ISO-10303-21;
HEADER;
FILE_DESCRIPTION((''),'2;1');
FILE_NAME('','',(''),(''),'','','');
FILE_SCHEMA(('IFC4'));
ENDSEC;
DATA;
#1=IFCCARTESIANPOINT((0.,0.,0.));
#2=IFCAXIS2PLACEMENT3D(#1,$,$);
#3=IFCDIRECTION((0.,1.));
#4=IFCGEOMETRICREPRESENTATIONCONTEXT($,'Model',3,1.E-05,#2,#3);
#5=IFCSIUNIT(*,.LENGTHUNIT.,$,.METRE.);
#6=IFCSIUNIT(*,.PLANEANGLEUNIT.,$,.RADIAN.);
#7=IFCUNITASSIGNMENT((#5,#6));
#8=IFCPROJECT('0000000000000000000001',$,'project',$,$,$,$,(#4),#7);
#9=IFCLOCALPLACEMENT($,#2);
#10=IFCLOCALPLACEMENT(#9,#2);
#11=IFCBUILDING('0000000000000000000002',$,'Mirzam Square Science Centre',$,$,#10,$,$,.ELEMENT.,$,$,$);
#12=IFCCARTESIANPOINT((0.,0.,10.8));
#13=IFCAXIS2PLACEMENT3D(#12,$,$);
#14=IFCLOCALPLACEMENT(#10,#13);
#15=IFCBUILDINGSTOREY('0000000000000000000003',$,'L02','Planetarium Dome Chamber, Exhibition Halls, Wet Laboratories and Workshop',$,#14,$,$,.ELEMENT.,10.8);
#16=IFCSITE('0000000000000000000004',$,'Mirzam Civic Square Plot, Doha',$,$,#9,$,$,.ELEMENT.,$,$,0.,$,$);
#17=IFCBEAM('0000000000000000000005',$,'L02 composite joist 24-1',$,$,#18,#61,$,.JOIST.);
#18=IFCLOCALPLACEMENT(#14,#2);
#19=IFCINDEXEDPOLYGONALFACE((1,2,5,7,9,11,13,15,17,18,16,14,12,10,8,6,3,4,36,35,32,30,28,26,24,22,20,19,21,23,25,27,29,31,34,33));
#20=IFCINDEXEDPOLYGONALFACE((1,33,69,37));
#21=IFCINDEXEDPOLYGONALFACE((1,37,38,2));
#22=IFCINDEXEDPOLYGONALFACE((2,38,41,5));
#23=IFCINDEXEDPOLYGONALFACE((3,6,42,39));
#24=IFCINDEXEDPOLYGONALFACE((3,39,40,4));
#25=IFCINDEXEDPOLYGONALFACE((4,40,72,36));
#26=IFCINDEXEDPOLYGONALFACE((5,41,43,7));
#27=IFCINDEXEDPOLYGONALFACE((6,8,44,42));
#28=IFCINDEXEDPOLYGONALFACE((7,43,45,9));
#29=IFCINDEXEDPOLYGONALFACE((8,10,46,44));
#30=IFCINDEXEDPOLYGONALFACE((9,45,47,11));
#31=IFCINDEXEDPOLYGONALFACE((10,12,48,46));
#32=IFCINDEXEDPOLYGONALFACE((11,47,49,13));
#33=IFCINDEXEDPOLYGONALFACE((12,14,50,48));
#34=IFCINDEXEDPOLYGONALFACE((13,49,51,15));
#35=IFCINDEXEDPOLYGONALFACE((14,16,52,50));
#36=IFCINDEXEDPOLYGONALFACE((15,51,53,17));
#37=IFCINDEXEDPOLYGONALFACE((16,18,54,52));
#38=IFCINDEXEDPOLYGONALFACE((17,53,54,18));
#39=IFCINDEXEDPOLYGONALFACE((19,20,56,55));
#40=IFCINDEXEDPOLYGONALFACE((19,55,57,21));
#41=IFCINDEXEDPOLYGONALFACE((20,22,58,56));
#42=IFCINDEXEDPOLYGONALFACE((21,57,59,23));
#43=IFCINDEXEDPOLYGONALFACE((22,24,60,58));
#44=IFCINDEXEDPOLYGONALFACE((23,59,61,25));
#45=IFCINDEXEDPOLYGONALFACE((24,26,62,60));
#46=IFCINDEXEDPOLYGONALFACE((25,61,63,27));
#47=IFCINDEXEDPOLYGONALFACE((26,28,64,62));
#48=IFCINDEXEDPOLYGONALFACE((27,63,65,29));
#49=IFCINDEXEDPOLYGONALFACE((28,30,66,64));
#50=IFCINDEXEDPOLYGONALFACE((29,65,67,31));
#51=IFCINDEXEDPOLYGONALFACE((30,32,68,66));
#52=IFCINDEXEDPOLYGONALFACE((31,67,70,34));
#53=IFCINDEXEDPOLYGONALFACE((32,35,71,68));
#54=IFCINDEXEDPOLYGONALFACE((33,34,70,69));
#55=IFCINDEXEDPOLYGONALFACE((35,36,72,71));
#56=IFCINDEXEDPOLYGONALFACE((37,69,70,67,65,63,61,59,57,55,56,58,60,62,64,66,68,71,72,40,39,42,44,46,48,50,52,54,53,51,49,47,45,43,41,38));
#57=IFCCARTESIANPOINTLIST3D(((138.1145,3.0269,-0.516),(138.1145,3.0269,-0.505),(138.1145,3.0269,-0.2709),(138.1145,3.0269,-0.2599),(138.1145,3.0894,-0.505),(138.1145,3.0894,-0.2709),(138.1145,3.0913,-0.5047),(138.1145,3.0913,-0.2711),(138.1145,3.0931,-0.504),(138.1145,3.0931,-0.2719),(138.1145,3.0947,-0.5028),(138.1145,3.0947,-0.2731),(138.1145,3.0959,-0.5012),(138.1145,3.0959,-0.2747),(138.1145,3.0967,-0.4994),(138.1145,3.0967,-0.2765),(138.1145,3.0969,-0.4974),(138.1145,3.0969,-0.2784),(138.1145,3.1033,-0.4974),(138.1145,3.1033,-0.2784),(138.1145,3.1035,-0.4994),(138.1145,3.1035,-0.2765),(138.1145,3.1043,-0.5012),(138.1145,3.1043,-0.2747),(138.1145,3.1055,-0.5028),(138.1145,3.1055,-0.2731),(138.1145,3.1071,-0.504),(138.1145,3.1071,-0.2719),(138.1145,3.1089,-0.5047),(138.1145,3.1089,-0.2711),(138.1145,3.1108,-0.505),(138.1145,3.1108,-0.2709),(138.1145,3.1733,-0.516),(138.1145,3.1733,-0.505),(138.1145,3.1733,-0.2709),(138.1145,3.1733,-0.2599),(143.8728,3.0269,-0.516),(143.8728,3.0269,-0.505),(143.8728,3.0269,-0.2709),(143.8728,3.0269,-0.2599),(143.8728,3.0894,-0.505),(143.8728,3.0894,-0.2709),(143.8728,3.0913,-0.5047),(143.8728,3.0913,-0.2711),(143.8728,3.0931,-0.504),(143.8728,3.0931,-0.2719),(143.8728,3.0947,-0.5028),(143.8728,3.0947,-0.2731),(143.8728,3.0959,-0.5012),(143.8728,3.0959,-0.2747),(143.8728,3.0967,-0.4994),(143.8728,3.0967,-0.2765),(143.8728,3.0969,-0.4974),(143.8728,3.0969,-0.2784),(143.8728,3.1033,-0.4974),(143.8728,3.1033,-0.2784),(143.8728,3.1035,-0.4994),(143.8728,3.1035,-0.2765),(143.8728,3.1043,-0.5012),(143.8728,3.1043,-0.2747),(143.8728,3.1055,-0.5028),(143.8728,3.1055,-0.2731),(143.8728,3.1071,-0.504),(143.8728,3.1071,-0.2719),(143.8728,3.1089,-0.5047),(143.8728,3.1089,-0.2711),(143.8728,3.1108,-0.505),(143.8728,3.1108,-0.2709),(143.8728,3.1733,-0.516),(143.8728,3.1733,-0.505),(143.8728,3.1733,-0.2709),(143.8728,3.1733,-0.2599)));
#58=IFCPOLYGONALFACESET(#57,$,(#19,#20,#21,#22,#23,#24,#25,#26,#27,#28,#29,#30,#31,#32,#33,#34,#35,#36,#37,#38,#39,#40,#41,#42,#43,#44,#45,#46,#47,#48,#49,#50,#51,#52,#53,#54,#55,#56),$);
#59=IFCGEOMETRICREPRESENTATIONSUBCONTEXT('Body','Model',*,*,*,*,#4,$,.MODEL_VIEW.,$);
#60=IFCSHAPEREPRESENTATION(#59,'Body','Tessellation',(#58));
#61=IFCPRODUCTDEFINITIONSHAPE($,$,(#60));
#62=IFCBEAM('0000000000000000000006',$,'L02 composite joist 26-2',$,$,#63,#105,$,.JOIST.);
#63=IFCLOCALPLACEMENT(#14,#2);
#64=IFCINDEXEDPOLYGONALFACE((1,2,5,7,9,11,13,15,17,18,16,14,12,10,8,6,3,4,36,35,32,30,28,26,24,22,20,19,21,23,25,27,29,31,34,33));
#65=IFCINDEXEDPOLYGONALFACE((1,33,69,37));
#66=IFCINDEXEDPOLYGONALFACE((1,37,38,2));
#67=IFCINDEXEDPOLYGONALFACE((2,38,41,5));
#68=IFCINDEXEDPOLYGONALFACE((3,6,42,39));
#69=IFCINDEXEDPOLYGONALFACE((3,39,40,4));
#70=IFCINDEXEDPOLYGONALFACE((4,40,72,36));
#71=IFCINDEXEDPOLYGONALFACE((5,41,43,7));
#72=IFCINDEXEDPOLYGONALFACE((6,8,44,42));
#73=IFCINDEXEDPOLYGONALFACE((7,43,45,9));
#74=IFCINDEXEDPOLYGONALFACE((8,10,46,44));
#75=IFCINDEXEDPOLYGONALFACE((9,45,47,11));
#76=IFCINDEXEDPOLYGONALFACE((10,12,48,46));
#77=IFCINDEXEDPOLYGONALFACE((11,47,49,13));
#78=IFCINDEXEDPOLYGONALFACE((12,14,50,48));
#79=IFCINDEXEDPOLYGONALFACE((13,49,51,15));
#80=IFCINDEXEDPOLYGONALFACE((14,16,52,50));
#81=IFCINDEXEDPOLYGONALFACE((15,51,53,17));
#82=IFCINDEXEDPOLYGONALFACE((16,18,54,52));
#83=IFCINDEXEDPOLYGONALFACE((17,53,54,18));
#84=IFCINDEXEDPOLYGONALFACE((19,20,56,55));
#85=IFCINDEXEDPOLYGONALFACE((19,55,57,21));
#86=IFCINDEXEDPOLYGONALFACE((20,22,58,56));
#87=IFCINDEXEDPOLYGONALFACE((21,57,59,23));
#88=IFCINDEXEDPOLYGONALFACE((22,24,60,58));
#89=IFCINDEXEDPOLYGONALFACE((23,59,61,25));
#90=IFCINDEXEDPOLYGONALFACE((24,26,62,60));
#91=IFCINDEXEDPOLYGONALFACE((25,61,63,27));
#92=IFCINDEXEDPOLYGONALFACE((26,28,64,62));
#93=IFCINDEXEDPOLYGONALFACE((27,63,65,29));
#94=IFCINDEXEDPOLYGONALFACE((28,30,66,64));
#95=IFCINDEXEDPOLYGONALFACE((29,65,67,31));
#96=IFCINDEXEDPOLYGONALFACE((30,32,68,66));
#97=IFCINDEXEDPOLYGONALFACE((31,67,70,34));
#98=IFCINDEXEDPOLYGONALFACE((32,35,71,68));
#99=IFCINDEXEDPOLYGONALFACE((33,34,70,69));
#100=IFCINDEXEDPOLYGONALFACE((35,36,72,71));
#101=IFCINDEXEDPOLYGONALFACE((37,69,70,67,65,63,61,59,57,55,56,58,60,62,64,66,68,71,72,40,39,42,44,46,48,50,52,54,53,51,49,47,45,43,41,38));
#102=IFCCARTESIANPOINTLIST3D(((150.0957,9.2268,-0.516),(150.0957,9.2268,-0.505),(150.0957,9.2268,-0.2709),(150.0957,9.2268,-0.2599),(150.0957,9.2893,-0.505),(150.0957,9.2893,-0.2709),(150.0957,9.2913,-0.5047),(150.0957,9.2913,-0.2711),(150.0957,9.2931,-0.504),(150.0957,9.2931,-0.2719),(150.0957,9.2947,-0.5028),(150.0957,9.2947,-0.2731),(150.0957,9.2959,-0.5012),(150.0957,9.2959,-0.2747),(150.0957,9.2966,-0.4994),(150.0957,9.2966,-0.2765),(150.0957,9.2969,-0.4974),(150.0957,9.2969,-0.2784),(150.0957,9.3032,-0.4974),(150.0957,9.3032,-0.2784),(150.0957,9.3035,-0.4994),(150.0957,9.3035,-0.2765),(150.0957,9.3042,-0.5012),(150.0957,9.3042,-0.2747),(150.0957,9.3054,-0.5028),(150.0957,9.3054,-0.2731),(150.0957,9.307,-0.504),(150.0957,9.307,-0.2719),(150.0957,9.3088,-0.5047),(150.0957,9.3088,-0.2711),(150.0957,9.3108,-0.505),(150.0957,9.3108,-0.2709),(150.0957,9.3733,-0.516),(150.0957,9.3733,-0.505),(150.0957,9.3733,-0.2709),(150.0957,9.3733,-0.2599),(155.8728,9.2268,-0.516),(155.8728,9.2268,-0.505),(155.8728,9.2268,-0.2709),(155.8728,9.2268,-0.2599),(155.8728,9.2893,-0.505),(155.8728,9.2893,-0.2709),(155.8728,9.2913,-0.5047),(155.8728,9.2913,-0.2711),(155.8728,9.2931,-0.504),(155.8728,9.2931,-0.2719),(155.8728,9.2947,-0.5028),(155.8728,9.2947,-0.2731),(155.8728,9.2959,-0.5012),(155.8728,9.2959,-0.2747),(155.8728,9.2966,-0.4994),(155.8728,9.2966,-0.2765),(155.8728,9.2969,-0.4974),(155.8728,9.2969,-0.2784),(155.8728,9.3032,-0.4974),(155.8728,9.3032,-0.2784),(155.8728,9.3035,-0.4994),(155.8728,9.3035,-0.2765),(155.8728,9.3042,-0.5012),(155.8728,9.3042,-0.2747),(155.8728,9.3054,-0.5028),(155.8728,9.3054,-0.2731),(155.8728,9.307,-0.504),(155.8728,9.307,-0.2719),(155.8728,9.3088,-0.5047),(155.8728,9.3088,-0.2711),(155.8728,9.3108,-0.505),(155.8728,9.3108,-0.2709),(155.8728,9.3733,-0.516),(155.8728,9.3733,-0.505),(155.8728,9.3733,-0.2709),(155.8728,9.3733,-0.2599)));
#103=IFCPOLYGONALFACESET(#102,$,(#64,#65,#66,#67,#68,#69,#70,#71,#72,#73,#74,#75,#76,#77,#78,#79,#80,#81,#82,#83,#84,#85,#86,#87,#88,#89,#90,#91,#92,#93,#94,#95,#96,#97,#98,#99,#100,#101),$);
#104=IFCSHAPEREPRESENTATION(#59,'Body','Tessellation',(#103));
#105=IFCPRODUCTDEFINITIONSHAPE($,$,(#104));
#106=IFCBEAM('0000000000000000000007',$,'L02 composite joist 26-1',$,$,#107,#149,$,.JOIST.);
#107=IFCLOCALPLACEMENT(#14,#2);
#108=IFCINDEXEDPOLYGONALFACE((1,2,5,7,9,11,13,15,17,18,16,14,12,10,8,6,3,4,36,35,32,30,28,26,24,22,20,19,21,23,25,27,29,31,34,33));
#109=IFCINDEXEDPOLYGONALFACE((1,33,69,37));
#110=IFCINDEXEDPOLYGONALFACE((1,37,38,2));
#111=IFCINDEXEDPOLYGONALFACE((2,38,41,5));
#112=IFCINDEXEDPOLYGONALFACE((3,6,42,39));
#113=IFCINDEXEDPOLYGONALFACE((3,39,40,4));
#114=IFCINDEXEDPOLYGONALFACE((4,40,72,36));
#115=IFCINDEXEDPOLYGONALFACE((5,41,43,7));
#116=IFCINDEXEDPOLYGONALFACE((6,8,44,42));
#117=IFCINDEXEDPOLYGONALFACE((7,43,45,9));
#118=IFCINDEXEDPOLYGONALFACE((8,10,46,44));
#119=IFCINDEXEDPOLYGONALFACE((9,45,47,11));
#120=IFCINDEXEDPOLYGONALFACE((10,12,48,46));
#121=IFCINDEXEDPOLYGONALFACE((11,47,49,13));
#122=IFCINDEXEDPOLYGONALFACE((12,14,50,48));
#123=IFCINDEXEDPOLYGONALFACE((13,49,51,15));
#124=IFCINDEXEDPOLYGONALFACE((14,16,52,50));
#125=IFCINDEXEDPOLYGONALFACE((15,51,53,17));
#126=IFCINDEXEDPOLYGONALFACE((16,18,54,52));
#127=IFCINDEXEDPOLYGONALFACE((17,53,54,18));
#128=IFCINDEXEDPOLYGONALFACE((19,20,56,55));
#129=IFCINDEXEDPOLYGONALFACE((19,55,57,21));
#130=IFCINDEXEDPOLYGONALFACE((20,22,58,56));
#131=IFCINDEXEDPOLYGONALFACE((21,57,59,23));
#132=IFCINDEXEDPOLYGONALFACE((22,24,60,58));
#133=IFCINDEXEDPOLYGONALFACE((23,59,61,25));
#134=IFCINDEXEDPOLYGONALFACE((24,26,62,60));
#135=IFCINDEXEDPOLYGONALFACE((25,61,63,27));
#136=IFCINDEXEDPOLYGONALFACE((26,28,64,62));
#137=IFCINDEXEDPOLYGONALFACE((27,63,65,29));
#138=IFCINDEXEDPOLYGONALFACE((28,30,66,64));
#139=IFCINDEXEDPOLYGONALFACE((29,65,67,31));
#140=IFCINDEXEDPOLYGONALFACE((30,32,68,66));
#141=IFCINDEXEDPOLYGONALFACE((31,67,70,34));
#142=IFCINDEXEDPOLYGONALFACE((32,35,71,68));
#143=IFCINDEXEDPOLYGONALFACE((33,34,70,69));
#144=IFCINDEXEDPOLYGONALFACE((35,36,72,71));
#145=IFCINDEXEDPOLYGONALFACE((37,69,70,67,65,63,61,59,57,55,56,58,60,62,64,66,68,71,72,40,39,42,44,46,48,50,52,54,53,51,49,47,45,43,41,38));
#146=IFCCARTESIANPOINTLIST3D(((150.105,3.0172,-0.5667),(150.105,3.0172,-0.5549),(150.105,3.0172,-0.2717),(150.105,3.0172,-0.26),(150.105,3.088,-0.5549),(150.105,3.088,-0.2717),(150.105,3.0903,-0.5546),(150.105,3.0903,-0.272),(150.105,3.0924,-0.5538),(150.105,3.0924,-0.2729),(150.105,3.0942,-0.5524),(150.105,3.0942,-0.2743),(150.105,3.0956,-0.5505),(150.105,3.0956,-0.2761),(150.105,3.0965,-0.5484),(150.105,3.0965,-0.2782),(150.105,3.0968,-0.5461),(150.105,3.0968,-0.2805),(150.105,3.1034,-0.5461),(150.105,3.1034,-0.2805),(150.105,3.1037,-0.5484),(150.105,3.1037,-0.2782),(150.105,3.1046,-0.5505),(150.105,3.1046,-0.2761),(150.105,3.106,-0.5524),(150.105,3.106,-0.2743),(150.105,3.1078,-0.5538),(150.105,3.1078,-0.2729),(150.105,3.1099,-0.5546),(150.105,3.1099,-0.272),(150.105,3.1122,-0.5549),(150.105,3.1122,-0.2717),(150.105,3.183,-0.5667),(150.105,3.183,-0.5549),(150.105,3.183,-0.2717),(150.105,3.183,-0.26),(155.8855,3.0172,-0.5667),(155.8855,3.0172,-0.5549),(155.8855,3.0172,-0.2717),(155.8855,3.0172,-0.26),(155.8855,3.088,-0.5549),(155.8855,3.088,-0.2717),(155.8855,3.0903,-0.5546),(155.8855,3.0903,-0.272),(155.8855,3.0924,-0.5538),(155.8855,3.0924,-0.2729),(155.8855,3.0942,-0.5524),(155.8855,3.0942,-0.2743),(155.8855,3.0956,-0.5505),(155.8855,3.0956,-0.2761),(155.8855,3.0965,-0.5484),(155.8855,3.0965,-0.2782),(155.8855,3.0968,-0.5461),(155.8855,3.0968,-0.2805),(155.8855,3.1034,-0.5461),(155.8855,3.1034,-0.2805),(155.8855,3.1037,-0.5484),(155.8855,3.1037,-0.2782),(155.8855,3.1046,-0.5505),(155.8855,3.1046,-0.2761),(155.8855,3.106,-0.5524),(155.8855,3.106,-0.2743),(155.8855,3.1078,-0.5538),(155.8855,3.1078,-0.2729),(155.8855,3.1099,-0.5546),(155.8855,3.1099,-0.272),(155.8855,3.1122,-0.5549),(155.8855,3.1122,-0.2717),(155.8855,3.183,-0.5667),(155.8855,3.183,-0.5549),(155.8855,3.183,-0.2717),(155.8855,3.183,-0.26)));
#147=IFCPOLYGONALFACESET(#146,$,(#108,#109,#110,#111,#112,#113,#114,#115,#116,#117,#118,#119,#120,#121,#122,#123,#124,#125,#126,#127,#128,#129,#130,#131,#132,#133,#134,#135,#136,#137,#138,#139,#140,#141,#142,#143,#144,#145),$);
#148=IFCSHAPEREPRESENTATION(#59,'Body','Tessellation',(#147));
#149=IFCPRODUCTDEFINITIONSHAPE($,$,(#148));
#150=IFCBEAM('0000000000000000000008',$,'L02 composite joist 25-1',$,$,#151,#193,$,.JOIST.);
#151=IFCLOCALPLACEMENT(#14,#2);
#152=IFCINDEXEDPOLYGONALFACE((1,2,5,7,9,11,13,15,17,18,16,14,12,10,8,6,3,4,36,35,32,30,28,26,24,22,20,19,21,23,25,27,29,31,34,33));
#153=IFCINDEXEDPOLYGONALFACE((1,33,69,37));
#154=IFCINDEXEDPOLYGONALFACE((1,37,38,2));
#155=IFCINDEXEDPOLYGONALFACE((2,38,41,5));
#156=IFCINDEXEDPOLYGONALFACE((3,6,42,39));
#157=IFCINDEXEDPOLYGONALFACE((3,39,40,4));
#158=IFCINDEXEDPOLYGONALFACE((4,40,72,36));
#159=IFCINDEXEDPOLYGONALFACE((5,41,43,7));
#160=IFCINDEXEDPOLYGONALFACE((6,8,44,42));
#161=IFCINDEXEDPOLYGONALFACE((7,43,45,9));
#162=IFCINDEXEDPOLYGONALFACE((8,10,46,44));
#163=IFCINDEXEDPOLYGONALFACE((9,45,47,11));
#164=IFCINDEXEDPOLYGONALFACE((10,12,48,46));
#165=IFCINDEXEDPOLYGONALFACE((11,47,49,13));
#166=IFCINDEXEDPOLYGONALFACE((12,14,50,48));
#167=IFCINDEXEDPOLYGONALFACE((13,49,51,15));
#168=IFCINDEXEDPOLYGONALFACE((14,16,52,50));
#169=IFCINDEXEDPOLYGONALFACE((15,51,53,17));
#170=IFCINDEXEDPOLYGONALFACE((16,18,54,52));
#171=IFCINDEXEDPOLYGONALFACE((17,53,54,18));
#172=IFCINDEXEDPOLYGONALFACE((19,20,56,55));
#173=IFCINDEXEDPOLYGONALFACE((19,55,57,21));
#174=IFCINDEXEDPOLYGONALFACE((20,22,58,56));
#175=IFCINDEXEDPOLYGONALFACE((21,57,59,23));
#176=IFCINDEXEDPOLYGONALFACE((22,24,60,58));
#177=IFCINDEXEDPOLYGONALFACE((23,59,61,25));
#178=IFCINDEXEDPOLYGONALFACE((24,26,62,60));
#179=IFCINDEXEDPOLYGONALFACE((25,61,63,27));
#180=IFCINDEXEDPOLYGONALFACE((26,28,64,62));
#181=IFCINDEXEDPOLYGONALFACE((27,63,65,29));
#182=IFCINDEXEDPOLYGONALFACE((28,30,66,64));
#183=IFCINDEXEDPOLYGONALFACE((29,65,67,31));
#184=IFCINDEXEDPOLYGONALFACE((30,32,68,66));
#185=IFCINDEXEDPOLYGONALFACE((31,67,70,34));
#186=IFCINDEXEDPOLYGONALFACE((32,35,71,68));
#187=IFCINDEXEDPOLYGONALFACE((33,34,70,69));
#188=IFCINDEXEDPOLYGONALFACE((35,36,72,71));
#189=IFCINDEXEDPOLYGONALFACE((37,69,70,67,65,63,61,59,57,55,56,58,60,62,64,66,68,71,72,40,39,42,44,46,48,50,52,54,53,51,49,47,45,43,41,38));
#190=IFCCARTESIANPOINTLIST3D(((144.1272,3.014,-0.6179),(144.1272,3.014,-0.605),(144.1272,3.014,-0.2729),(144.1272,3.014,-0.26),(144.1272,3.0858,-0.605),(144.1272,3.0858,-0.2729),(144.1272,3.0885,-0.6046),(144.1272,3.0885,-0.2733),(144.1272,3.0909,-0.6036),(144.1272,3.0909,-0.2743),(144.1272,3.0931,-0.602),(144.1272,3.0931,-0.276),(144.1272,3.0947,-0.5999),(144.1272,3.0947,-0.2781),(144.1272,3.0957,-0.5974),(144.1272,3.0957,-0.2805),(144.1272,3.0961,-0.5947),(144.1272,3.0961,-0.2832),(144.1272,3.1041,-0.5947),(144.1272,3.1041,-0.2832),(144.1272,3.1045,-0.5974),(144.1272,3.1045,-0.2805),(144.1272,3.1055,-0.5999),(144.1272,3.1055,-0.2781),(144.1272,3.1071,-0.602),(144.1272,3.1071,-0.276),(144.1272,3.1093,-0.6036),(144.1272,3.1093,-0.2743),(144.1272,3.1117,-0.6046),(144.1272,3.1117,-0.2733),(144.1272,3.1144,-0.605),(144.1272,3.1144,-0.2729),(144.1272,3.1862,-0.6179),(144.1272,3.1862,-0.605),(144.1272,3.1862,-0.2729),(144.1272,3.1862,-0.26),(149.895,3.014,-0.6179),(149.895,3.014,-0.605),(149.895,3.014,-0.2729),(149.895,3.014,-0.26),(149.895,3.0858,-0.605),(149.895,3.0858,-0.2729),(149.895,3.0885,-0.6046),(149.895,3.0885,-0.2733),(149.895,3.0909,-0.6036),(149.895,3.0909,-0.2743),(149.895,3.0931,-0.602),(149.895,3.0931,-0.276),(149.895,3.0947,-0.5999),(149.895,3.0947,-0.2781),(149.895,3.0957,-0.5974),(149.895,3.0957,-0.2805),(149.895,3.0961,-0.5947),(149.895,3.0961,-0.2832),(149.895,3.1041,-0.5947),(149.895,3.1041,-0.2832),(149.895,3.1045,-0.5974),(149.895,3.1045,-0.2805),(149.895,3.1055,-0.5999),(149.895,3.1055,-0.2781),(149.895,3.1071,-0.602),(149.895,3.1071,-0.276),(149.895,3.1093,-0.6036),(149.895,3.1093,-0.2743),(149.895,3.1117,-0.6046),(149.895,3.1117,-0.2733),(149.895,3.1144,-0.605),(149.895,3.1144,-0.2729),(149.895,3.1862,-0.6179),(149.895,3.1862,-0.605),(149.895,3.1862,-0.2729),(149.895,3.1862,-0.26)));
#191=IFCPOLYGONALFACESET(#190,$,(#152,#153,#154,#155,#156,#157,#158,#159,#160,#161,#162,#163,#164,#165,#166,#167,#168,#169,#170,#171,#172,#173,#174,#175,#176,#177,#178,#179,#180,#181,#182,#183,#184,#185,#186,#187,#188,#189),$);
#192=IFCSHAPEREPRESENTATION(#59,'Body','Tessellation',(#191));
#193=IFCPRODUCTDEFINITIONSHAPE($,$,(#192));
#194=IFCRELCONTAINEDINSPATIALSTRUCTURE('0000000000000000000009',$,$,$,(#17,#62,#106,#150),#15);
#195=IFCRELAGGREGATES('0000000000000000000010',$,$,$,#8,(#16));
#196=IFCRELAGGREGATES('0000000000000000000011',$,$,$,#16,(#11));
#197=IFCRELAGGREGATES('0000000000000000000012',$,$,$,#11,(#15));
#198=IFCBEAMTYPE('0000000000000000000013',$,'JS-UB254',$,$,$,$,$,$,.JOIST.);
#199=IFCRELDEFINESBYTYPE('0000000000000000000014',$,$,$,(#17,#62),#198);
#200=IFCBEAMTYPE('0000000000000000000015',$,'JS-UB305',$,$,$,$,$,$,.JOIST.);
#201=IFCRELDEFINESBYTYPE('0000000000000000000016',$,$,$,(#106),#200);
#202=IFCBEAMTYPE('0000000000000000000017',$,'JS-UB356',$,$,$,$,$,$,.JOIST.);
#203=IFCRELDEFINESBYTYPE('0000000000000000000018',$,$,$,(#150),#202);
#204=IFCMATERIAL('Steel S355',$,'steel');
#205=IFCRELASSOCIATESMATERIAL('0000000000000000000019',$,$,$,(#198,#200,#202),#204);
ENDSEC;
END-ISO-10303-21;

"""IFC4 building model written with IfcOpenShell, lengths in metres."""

from ifc_helpers import new_model, si_unit, direction, frame, origin, origin_2d, place, context, subcontext, project, spatial, i_section, extrude, material, material_profile, profile_set, type_object, element, save


model = new_model("IFC4")

# Units and contexts
model_context = context("Model", 3, precision=1e-05, world=origin(), true_north=direction((0.0, 1.0)))
body_context = subcontext(model_context, "Body", "Model", "MODEL_VIEW")
ifc_project = project(units=[si_unit("LENGTHUNIT", "METRE"), si_unit("PLANEANGLEUNIT", "RADIAN")], contexts=[model_context])

# Site, building, storey
site_placement = place(None, origin())
site = spatial("IfcSite", under=ifc_project, at=site_placement, Name="Mirzam Civic Square Plot, Doha", CompositionType="ELEMENT", RefElevation=0.0)
building_placement = place(site_placement, origin())
building = spatial("IfcBuilding", under=site, at=building_placement, Name="Mirzam Square Science Centre", CompositionType="ELEMENT")
storey_placement = place(building_placement, frame((0.0, 0.0, 10.8)))
storey = spatial("IfcBuildingStorey", under=building, at=storey_placement, Name="L02", Description="Planetarium Dome Chamber, Exhibition Halls, Wet Laboratories and Workshop", CompositionType="ELEMENT", Elevation=10.8)

# Shared definitions
ifc_material_1 = material(Name="Steel S355", Category="steel")

# Beams
ifc_material_profile_1 = material_profile(ifc_material_1, i_section(OverallWidth=0.1465, OverallDepth=0.2561, WebThickness=0.0063, FlangeThickness=0.011, FilletRadius=0.0076, at=origin_2d()), Name="254x146x37UB")
ifc_profile_set_1 = profile_set([ifc_material_profile_1], Name="Steel S355")
beam_type_1 = type_object("IfcBeamType", Name="JS-UB254", PredefinedType="JOIST", material=ifc_profile_set_1)
beam_1_placement = place(storey_placement, frame((138.1145, 3.1001, -0.3879), z_axis=(1.0, 0.0, 0.0), x_axis=(0.0, 1.0, 0.0)))
element("IfcBeam", 1, at=beam_1_placement, inside=storey, type_object=beam_type_1, Name="L02 composite joist 24-1", PredefinedType="JOIST", context=body_context, shape_type="SweptSolid", body=[
    extrude(i_section(OverallWidth=0.1465, OverallDepth=0.2561, WebThickness=0.0063, FlangeThickness=0.011, FilletRadius=0.0076, at=origin_2d()), origin(), (0.0, 0.0, 1.0), 5.7583),
])
beam_2_placement = place(storey_placement, frame((150.0957, 9.3, -0.3879), z_axis=(1.0, 0.0, 0.0), x_axis=(0.0, 1.0, 0.0)))
element("IfcBeam", 2, at=beam_2_placement, inside=storey, type_object=beam_type_1, Name="L02 composite joist 26-2", PredefinedType="JOIST", context=body_context, shape_type="SweptSolid", body=[
    extrude(i_section(OverallWidth=0.1465, OverallDepth=0.2561, WebThickness=0.0063, FlangeThickness=0.011, FilletRadius=0.0076, at=origin_2d()), origin(), (0.0, 0.0, 1.0), 5.7771),
])
ifc_material_profile_2 = material_profile(ifc_material_1, i_section(OverallWidth=0.1658, OverallDepth=0.3066, WebThickness=0.0066, FlangeThickness=0.0117, FilletRadius=0.0088, at=origin_2d()), Name="305x165x46UB")
ifc_profile_set_2 = profile_set([ifc_material_profile_2], Name="Steel S355")
beam_type_2 = type_object("IfcBeamType", Name="JS-UB305", PredefinedType="JOIST", material=ifc_profile_set_2)
beam_3_placement = place(storey_placement, frame((150.105, 3.1001, -0.4133), z_axis=(1.0, 0.0, 0.0), x_axis=(0.0, 1.0, 0.0)))
element("IfcBeam", 3, at=beam_3_placement, inside=storey, type_object=beam_type_2, Name="L02 composite joist 26-1", PredefinedType="JOIST", context=body_context, shape_type="SweptSolid", body=[
    extrude(i_section(OverallWidth=0.1658, OverallDepth=0.3066, WebThickness=0.0066, FlangeThickness=0.0117, FilletRadius=0.0088, at=origin_2d()), origin(), (0.0, 0.0, 1.0), 5.7805),
])
ifc_material_profile_3 = material_profile(ifc_material_1, i_section(OverallWidth=0.1721, OverallDepth=0.3579, WebThickness=0.0081, FlangeThickness=0.0129, FilletRadius=0.0103, at=origin_2d()), Name="356x171x57UB")
ifc_profile_set_3 = profile_set([ifc_material_profile_3], Name="Steel S355")
beam_type_3 = type_object("IfcBeamType", Name="JS-UB356", PredefinedType="JOIST", material=ifc_profile_set_3)
beam_4_placement = place(storey_placement, frame((144.1272, 3.1001, -0.439), z_axis=(1.0, 0.0, 0.0), x_axis=(0.0, 1.0, 0.0)))
element("IfcBeam", 4, at=beam_4_placement, inside=storey, type_object=beam_type_3, Name="L02 composite joist 25-1", PredefinedType="JOIST", context=body_context, shape_type="SweptSolid", body=[
    extrude(i_section(OverallWidth=0.1721, OverallDepth=0.3579, WebThickness=0.0081, FlangeThickness=0.0129, FilletRadius=0.0103, at=origin_2d()), origin(), (0.0, 0.0, 1.0), 5.7678),
])

save(model, "model.ifc")
